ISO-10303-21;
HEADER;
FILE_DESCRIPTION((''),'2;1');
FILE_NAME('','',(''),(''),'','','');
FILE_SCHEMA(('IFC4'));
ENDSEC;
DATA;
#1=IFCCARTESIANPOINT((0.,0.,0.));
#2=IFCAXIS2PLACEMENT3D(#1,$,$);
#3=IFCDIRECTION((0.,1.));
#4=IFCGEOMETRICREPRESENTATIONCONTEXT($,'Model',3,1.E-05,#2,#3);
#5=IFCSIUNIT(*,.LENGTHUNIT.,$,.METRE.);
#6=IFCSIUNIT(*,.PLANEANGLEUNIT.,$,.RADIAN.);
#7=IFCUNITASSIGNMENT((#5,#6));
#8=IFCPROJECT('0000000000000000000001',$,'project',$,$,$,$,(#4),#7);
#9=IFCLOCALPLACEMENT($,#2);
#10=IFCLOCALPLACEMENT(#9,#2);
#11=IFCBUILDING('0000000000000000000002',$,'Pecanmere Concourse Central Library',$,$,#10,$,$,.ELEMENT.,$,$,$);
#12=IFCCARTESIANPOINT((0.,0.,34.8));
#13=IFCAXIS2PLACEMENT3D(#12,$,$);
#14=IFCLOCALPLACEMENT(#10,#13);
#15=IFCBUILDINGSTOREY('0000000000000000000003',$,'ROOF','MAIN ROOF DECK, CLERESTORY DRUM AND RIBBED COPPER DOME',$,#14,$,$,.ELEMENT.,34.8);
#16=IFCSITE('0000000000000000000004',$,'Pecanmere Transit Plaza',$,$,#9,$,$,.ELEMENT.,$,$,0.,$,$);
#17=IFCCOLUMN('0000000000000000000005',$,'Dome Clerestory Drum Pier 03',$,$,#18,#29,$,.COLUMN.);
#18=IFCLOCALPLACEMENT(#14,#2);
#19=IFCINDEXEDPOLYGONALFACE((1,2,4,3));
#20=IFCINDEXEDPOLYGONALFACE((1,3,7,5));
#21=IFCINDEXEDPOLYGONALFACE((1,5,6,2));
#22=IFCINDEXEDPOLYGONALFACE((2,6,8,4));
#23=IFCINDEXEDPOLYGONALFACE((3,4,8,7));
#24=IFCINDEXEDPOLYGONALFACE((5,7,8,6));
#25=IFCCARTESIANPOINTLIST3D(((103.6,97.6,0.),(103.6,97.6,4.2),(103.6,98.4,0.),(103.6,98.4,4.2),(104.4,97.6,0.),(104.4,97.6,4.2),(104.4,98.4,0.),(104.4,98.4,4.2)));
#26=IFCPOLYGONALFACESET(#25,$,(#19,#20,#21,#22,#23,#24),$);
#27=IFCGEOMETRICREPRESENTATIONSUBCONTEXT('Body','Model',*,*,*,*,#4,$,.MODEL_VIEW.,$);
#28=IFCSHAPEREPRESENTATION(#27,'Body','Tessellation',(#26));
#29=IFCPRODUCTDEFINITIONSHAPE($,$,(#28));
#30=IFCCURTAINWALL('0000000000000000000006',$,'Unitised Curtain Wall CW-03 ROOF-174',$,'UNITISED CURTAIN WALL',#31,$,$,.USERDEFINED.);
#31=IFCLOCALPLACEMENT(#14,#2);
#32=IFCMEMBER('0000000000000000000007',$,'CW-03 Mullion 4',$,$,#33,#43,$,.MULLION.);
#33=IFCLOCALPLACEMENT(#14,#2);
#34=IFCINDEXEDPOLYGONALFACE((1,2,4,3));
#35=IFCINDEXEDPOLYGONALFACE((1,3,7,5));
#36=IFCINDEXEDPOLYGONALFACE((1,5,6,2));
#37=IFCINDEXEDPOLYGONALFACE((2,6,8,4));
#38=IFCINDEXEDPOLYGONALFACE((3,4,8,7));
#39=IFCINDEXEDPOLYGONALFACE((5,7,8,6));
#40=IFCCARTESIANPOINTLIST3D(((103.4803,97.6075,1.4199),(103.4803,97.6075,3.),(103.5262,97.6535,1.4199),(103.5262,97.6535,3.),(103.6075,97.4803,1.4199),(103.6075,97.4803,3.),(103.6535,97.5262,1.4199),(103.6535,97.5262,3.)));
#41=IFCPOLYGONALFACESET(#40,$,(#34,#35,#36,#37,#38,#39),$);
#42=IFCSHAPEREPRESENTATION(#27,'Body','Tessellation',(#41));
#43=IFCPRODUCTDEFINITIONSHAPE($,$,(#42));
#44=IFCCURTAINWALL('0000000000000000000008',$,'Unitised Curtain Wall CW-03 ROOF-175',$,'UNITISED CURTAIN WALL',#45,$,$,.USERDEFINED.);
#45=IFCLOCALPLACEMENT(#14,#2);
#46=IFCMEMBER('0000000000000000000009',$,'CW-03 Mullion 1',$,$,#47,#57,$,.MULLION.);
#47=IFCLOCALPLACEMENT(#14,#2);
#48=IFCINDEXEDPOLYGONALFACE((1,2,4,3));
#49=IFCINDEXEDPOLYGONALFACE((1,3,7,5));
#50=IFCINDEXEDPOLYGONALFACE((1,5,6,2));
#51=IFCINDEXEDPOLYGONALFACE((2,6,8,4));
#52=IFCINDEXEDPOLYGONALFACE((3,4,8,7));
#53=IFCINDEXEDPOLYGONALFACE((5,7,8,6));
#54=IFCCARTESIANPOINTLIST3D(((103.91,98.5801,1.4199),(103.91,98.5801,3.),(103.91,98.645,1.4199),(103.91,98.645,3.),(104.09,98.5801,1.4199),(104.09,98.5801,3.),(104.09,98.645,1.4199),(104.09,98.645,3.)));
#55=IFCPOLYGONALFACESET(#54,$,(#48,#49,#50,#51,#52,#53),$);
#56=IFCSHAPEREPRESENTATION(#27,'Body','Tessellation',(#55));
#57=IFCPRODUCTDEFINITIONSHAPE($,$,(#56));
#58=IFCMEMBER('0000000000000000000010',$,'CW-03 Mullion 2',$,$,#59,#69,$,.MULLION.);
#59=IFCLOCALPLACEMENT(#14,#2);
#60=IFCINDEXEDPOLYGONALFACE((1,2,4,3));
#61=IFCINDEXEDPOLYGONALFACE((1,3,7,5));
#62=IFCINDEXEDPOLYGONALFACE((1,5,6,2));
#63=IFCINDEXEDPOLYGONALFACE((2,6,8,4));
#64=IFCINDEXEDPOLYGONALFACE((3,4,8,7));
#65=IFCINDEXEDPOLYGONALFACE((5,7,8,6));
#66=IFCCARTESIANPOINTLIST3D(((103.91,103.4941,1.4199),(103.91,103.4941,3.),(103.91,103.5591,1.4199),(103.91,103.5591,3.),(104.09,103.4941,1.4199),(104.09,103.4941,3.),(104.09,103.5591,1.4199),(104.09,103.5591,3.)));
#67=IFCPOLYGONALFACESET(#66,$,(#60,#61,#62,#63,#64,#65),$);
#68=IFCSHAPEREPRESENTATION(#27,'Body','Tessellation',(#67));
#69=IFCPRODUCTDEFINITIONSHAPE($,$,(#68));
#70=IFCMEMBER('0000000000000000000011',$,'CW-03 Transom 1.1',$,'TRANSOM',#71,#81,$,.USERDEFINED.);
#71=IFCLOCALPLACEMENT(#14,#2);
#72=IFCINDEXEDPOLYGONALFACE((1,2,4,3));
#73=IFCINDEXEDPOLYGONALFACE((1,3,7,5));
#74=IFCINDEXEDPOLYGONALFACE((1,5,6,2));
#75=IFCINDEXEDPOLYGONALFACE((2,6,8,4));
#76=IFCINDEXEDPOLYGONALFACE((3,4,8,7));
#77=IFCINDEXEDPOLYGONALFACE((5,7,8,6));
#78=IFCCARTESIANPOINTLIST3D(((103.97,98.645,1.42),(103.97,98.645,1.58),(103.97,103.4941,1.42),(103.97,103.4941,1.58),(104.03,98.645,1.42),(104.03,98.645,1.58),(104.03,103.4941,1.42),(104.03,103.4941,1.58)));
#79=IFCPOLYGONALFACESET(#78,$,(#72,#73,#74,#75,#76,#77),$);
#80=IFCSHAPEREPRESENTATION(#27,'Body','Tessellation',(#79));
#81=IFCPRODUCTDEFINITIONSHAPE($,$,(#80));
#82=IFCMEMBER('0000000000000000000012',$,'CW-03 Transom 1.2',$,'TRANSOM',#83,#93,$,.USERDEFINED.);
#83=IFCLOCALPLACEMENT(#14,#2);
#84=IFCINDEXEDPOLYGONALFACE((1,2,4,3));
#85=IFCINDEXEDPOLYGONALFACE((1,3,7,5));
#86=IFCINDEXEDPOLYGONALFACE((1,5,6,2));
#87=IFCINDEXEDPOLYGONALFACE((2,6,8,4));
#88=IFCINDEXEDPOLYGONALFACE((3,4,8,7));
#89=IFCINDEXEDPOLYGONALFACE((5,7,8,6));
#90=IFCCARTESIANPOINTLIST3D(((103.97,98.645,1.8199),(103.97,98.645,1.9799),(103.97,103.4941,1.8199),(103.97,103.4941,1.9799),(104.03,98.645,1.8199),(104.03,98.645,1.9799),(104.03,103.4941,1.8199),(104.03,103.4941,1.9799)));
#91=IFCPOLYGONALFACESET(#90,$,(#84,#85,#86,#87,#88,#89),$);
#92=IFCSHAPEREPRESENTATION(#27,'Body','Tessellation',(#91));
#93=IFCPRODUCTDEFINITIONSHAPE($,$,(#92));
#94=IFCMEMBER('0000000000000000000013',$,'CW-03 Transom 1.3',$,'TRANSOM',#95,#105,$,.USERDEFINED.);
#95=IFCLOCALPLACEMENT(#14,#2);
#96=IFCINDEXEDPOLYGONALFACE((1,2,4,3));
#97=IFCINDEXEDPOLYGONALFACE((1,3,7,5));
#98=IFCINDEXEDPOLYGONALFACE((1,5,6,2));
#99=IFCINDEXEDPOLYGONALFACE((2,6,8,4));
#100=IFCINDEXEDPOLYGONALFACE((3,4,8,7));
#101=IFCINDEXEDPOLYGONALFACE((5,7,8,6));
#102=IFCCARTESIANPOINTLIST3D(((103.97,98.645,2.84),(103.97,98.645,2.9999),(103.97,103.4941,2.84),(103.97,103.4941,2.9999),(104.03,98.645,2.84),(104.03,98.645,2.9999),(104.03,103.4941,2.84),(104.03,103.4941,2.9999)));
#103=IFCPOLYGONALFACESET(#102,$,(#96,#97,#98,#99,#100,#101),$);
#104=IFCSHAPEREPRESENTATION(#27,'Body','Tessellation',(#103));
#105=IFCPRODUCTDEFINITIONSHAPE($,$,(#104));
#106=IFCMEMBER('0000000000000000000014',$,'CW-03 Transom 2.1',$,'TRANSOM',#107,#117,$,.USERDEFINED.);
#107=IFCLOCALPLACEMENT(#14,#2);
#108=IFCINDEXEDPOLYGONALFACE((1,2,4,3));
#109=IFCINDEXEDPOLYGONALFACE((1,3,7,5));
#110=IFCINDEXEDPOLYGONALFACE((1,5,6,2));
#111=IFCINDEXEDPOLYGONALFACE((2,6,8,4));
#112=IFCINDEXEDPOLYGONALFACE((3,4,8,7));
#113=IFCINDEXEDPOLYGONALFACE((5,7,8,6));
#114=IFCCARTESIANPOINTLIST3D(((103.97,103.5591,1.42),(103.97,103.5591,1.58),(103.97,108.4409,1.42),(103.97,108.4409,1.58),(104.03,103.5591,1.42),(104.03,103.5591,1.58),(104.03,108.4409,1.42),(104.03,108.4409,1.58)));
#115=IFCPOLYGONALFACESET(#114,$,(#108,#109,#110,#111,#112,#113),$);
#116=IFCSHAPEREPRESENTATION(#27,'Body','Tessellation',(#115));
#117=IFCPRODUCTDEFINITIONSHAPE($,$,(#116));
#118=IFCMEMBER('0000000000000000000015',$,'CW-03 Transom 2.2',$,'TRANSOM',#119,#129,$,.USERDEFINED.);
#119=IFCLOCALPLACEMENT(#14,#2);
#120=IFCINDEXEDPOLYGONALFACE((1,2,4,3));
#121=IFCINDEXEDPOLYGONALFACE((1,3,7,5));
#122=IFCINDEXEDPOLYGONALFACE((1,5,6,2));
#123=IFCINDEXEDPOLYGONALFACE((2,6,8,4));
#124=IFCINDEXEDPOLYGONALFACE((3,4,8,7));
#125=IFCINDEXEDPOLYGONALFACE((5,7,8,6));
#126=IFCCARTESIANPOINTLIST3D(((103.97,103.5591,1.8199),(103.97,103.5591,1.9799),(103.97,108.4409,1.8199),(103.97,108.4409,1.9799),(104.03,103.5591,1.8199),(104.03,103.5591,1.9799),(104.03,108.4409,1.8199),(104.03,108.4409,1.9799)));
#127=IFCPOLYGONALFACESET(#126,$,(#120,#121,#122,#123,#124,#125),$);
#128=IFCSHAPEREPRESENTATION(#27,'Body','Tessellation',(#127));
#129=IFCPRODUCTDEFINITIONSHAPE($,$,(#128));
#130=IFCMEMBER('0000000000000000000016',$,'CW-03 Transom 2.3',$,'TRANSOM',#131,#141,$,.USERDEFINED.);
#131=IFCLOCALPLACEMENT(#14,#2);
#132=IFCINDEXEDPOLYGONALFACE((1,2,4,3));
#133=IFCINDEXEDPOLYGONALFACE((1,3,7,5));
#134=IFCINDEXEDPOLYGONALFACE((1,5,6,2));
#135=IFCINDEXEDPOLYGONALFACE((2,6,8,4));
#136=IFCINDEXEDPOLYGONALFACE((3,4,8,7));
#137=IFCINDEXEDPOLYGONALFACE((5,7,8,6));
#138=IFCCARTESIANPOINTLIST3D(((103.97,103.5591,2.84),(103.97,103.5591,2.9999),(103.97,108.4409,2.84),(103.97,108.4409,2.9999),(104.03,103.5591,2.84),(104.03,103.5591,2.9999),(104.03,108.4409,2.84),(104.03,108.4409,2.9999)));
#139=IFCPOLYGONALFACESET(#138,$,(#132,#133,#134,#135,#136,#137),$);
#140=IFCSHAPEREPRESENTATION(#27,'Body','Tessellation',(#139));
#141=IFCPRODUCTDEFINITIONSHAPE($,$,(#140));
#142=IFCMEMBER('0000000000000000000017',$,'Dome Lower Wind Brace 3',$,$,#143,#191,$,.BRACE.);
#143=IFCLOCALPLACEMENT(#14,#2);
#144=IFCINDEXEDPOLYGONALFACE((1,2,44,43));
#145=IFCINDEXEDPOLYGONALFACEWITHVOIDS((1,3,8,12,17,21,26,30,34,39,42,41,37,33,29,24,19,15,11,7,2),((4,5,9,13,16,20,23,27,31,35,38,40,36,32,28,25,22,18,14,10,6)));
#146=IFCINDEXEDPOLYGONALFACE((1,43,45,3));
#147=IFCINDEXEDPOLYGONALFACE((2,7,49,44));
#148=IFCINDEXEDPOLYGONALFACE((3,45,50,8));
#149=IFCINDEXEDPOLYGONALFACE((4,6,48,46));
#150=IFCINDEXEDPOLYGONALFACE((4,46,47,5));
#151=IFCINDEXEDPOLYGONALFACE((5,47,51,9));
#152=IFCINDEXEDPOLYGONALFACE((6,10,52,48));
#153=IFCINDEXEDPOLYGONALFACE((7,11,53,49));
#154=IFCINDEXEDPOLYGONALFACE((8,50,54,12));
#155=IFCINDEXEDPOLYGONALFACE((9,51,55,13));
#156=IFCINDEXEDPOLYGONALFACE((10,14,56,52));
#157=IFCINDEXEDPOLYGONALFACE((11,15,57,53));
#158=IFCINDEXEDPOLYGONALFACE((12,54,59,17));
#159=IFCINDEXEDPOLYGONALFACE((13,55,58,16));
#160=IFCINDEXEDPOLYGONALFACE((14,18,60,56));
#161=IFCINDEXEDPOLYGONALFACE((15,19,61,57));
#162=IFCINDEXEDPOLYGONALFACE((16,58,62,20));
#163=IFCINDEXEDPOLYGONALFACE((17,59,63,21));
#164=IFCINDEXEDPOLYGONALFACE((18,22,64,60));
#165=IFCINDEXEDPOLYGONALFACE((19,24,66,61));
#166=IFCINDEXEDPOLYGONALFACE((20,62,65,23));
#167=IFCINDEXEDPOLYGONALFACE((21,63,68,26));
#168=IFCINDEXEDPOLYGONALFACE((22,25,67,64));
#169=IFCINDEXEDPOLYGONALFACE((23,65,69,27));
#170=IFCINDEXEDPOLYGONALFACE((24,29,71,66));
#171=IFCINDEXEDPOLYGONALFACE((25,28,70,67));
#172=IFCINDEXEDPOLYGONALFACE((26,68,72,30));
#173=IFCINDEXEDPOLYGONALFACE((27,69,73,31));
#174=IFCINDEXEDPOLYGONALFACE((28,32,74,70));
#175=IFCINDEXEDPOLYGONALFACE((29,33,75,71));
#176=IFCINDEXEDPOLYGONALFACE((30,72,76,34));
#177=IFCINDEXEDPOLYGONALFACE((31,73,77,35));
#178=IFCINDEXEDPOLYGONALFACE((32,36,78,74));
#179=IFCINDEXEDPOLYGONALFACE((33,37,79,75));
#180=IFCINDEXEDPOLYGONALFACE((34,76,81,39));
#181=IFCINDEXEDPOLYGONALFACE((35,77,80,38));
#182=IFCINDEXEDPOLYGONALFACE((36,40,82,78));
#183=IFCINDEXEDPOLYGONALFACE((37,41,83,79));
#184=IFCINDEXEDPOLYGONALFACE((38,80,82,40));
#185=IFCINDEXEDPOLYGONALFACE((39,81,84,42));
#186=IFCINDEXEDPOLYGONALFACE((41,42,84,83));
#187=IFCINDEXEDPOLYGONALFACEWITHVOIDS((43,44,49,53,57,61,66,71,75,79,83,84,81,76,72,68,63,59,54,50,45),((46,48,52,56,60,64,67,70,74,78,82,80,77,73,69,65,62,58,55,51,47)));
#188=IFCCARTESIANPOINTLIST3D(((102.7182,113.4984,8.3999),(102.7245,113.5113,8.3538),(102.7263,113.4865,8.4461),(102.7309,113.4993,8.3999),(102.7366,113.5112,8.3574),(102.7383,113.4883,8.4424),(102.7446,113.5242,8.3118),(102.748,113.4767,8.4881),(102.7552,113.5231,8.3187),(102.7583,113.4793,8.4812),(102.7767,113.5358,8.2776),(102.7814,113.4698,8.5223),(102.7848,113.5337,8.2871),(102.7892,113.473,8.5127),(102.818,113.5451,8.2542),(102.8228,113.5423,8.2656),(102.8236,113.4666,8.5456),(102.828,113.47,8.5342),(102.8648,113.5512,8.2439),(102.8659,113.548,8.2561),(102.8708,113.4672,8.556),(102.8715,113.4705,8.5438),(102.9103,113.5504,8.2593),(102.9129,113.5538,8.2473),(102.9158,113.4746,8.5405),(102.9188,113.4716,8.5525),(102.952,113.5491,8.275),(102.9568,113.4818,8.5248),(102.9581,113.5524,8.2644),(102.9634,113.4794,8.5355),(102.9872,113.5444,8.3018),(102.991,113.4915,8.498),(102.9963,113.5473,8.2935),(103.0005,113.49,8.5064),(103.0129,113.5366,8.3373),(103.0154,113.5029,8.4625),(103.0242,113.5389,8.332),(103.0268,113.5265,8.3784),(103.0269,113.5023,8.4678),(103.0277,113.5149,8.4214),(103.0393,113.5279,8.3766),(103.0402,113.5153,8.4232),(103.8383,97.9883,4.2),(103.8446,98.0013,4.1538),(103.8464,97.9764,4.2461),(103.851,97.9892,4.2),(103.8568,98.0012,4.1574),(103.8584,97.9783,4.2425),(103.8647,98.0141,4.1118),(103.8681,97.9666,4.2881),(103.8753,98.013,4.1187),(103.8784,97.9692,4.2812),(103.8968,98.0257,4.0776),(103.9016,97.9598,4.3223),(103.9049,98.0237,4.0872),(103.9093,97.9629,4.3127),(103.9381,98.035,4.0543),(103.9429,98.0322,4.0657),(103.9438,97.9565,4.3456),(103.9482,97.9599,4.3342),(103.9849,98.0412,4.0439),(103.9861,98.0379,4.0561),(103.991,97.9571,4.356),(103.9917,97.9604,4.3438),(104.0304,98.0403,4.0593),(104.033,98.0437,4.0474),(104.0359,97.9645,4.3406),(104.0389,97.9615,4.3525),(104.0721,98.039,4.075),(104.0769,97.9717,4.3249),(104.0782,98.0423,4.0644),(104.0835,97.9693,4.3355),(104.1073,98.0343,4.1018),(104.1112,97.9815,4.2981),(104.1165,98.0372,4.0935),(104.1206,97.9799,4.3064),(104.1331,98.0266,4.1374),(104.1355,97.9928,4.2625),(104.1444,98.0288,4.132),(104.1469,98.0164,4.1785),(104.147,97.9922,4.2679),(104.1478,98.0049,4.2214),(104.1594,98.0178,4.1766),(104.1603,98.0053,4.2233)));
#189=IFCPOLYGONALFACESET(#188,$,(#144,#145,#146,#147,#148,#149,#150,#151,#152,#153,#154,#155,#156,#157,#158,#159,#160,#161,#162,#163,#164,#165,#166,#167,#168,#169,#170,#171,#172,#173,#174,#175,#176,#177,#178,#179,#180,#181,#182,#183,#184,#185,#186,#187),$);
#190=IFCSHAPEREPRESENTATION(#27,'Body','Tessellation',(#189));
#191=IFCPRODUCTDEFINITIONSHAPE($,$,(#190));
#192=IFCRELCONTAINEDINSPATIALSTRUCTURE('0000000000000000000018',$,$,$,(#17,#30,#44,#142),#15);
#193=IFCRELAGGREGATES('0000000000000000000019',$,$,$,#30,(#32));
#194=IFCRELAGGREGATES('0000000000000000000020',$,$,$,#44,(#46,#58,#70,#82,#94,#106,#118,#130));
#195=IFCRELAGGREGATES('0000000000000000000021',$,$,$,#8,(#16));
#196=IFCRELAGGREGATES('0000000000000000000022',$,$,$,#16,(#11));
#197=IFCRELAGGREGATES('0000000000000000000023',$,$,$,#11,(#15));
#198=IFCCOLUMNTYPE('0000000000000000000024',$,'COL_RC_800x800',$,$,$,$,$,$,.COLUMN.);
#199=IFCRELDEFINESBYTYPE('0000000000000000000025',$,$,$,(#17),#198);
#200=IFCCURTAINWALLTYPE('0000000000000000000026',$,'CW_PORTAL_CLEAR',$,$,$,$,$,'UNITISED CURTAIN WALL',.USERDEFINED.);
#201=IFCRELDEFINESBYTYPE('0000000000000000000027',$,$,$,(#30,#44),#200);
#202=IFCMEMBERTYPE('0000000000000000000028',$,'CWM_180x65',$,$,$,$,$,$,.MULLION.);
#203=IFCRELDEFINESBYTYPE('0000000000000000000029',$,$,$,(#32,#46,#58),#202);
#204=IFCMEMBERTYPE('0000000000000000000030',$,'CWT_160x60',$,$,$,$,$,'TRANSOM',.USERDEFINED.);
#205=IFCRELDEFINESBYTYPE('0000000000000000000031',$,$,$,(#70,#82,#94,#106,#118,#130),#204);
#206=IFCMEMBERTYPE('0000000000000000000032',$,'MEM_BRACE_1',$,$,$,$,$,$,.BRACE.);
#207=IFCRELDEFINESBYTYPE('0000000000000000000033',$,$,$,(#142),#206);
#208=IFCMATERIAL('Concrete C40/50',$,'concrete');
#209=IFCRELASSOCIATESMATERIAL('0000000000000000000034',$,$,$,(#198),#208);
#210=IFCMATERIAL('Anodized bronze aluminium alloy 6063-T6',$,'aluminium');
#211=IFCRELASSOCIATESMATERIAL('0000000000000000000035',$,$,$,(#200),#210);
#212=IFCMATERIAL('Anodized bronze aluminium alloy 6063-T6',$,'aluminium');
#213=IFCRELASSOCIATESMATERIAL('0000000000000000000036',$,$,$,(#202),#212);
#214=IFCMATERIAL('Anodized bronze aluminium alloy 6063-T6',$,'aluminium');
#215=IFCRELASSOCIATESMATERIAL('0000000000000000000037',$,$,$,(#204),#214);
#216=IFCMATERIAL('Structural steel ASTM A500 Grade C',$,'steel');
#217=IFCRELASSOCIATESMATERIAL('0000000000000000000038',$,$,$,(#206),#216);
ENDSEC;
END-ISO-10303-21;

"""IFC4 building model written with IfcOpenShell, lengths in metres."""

from ifc_helpers import new_model, si_unit, direction, frame, origin, origin_2d, place, context, subcontext, project, spatial, rectangle, hollow_circle, extrude, material, material_profile, profile_set, type_object, element, aggregate, save


model = new_model("IFC4")

# Units and contexts
model_context = context("Model", 3, precision=1e-05, world=origin(), true_north=direction((0.0, 1.0)))
body_context = subcontext(model_context, "Body", "Model", "MODEL_VIEW")
ifc_project = project(units=[si_unit("LENGTHUNIT", "METRE"), si_unit("PLANEANGLEUNIT", "RADIAN")], contexts=[model_context])

# Site, building, storey
site_placement = place(None, origin())
site = spatial("IfcSite", under=ifc_project, at=site_placement, Name="Pecanmere Transit Plaza", CompositionType="ELEMENT", RefElevation=0.0)
building_placement = place(site_placement, origin())
building = spatial("IfcBuilding", under=site, at=building_placement, Name="Pecanmere Concourse Central Library", CompositionType="ELEMENT")
storey_placement = place(building_placement, frame((0.0, 0.0, 34.8)))
storey = spatial("IfcBuildingStorey", under=building, at=storey_placement, Name="ROOF", Description="MAIN ROOF DECK, CLERESTORY DRUM AND RIBBED COPPER DOME", CompositionType="ELEMENT", Elevation=34.8)

# Column
ifc_material_1 = material(Name="Concrete C40/50", Category="concrete")
ifc_material_profile_1 = material_profile(ifc_material_1, rectangle(XDim=0.8, YDim=0.8, at=origin_2d()), Name="RC 800x800")
ifc_profile_set_1 = profile_set([ifc_material_profile_1], Name="Concrete C40/50")
column_type = type_object("IfcColumnType", Name="COL_RC_800x800", PredefinedType="COLUMN", material=ifc_profile_set_1)
column_placement = place(storey_placement, frame((104.0, 98.0, 0.0), z_axis=(0.0, 0.0, 1.0), x_axis=(1.0, 0.0, 0.0)))
element("IfcColumn", 1, at=column_placement, inside=storey, type_object=column_type, Name="Dome Clerestory Drum Pier 03", PredefinedType="COLUMN", context=body_context, shape_type="SweptSolid", body=[
    extrude(rectangle(XDim=0.8, YDim=0.8, at=origin_2d()), origin(), (0.0, 0.0, 1.0), 4.2),
])

# Curtain wall, member
ifc_material_2 = material(Name="Anodized bronze aluminium alloy 6063-T6", Category="aluminium")
curtain_wall_type = type_object("IfcCurtainWallType", Name="CW_PORTAL_CLEAR", ElementType="UNITISED CURTAIN WALL", PredefinedType="USERDEFINED", material=ifc_material_2)
curtain_wall_1_placement = place(storey_placement, origin())
curtain_wall_1 = element("IfcCurtainWall", 2, at=curtain_wall_1_placement, inside=storey, type_object=curtain_wall_type, Name="Unitised Curtain Wall CW-03 ROOF-174", ObjectType="UNITISED CURTAIN WALL", PredefinedType="USERDEFINED")
ifc_material_3 = material(Name="Anodized bronze aluminium alloy 6063-T6", Category="aluminium")
ifc_material_profile_2 = material_profile(ifc_material_3, rectangle(XDim=0.0649, YDim=0.1799, at=origin_2d()), Name="AL 65x180")
ifc_profile_set_2 = profile_set([ifc_material_profile_2], Name="Anodized bronze aluminium alloy 6063-T6")
member_type_1 = type_object("IfcMemberType", Name="CWM_180x65", PredefinedType="MULLION", material=ifc_profile_set_2)
member_1_placement = place(storey_placement, frame((103.5669, 97.5669, 1.4199), z_axis=(0.0, 0.0, 1.0), x_axis=(0.707107, 0.707107, 0.0)))
member_1 = element("IfcMember", 3, at=member_1_placement, type_object=member_type_1, Name="CW-03 Mullion 4", PredefinedType="MULLION", context=body_context, shape_type="SweptSolid", body=[
    extrude(rectangle(XDim=0.0649, YDim=0.1799, at=origin_2d()), origin(), (0.0, 0.0, 1.0), 1.5801),
])
aggregate(curtain_wall_1, [member_1])

# Curtain wall, members
curtain_wall_2_placement = place(storey_placement, origin())
curtain_wall_2 = element("IfcCurtainWall", 4, at=curtain_wall_2_placement, inside=storey, type_object=curtain_wall_type, Name="Unitised Curtain Wall CW-03 ROOF-175", ObjectType="UNITISED CURTAIN WALL", PredefinedType="USERDEFINED")
member_2_placement = place(storey_placement, frame((104.0, 98.6125, 1.4199), z_axis=(0.0, 0.0, 1.0), x_axis=(0.0, 1.0, 0.0)))
member_2 = element("IfcMember", 5, at=member_2_placement, type_object=member_type_1, Name="CW-03 Mullion 1", PredefinedType="MULLION", context=body_context, shape_type="SweptSolid", body=[
    extrude(rectangle(XDim=0.0649, YDim=0.1799, at=origin_2d()), origin(), (0.0, 0.0, 1.0), 1.5801),
])
member_3_placement = place(storey_placement, frame((104.0, 103.5266, 1.4199), z_axis=(0.0, 0.0, 1.0), x_axis=(0.0, 1.0, 0.0)))
member_3 = element("IfcMember", 6, at=member_3_placement, type_object=member_type_1, Name="CW-03 Mullion 2", PredefinedType="MULLION", context=body_context, shape_type="SweptSolid", body=[
    extrude(rectangle(XDim=0.0649, YDim=0.1799, at=origin_2d()), origin(), (0.0, 0.0, 1.0), 1.5801),
])
ifc_material_4 = material(Name="Anodized bronze aluminium alloy 6063-T6", Category="aluminium")
ifc_material_profile_3 = material_profile(ifc_material_4, rectangle(XDim=0.0601, YDim=0.1599, at=origin_2d()), Name="AL 60x160")
ifc_profile_set_3 = profile_set([ifc_material_profile_3], Name="Anodized bronze aluminium alloy 6063-T6")
member_type_2 = type_object("IfcMemberType", Name="CWT_160x60", ElementType="TRANSOM", PredefinedType="USERDEFINED", material=ifc_profile_set_3)
member_4_placement = place(storey_placement, frame((104.0, 98.645, 1.5), z_axis=(0.0, 1.0, 0.0), x_axis=(-1.0, 0.0, 0.0)))
member_4 = element("IfcMember", 7, at=member_4_placement, type_object=member_type_2, Name="CW-03 Transom 1.1", ObjectType="TRANSOM", PredefinedType="USERDEFINED", context=body_context, shape_type="SweptSolid", body=[
    extrude(rectangle(XDim=0.0601, YDim=0.1599, at=origin_2d()), origin(), (0.0, 0.0, 1.0), 4.8491),
])
member_5_placement = place(storey_placement, frame((104.0, 98.645, 1.8999), z_axis=(0.0, 1.0, 0.0), x_axis=(-1.0, 0.0, 0.0)))
member_5 = element("IfcMember", 8, at=member_5_placement, type_object=member_type_2, Name="CW-03 Transom 1.2", ObjectType="TRANSOM", PredefinedType="USERDEFINED", context=body_context, shape_type="SweptSolid", body=[
    extrude(rectangle(XDim=0.0601, YDim=0.1599, at=origin_2d()), origin(), (0.0, 0.0, 1.0), 4.8491),
])
member_6_placement = place(storey_placement, frame((104.0, 98.645, 2.9199), z_axis=(0.0, 1.0, 0.0), x_axis=(-1.0, 0.0, 0.0)))
member_6 = element("IfcMember", 9, at=member_6_placement, type_object=member_type_2, Name="CW-03 Transom 1.3", ObjectType="TRANSOM", PredefinedType="USERDEFINED", context=body_context, shape_type="SweptSolid", body=[
    extrude(rectangle(XDim=0.0601, YDim=0.1599, at=origin_2d()), origin(), (0.0, 0.0, 1.0), 4.8491),
])
member_7_placement = place(storey_placement, frame((104.0, 103.5591, 1.5), z_axis=(0.0, 1.0, 0.0), x_axis=(-1.0, 0.0, 0.0)))
member_7 = element("IfcMember", 10, at=member_7_placement, type_object=member_type_2, Name="CW-03 Transom 2.1", ObjectType="TRANSOM", PredefinedType="USERDEFINED", context=body_context, shape_type="SweptSolid", body=[
    extrude(rectangle(XDim=0.0601, YDim=0.1599, at=origin_2d()), origin(), (0.0, 0.0, 1.0), 4.8818),
])
member_8_placement = place(storey_placement, frame((104.0, 103.5591, 1.8999), z_axis=(0.0, 1.0, 0.0), x_axis=(-1.0, 0.0, 0.0)))
member_8 = element("IfcMember", 11, at=member_8_placement, type_object=member_type_2, Name="CW-03 Transom 2.2", ObjectType="TRANSOM", PredefinedType="USERDEFINED", context=body_context, shape_type="SweptSolid", body=[
    extrude(rectangle(XDim=0.0601, YDim=0.1599, at=origin_2d()), origin(), (0.0, 0.0, 1.0), 4.8818),
])
member_9_placement = place(storey_placement, frame((104.0, 103.5591, 2.9199), z_axis=(0.0, 1.0, 0.0), x_axis=(-1.0, 0.0, 0.0)))
member_9 = element("IfcMember", 12, at=member_9_placement, type_object=member_type_2, Name="CW-03 Transom 2.3", ObjectType="TRANSOM", PredefinedType="USERDEFINED", context=body_context, shape_type="SweptSolid", body=[
    extrude(rectangle(XDim=0.0601, YDim=0.1599, at=origin_2d()), origin(), (0.0, 0.0, 1.0), 4.8818),
])

# Member
ifc_material_5 = material(Name="Structural steel ASTM A500 Grade C", Category="steel")
ifc_material_profile_4 = material_profile(ifc_material_5, hollow_circle(Radius=0.1621, WallThickness=0.0127, at=origin_2d()), Name="HSS323.9x12.7")
ifc_profile_set_4 = profile_set([ifc_material_profile_4], Name="Structural steel ASTM A500 Grade C")
member_type_3 = type_object("IfcMemberType", Name="MEM_BRACE_1", PredefinedType="BRACE", material=ifc_profile_set_4)
member_10_placement = place(storey_placement, frame((104.0, 98.0, 4.2), z_axis=(-0.06954, 0.9629, 0.260744), x_axis=(-0.997402, -0.072031, 0.0)))
element("IfcMember", 13, at=member_10_placement, inside=storey, type_object=member_type_3, Name="Dome Lower Wind Brace 3", PredefinedType="BRACE", context=body_context, shape_type="SweptSolid", body=[
    extrude(hollow_circle(Radius=0.1621, WallThickness=0.0127, at=origin_2d()), origin(), (0.0, 0.0, 1.0), 16.1077),
])

aggregate(curtain_wall_2, [member_2, member_3, member_4, member_5, member_6, member_7, member_8, member_9])

save(model, "model.ifc")
